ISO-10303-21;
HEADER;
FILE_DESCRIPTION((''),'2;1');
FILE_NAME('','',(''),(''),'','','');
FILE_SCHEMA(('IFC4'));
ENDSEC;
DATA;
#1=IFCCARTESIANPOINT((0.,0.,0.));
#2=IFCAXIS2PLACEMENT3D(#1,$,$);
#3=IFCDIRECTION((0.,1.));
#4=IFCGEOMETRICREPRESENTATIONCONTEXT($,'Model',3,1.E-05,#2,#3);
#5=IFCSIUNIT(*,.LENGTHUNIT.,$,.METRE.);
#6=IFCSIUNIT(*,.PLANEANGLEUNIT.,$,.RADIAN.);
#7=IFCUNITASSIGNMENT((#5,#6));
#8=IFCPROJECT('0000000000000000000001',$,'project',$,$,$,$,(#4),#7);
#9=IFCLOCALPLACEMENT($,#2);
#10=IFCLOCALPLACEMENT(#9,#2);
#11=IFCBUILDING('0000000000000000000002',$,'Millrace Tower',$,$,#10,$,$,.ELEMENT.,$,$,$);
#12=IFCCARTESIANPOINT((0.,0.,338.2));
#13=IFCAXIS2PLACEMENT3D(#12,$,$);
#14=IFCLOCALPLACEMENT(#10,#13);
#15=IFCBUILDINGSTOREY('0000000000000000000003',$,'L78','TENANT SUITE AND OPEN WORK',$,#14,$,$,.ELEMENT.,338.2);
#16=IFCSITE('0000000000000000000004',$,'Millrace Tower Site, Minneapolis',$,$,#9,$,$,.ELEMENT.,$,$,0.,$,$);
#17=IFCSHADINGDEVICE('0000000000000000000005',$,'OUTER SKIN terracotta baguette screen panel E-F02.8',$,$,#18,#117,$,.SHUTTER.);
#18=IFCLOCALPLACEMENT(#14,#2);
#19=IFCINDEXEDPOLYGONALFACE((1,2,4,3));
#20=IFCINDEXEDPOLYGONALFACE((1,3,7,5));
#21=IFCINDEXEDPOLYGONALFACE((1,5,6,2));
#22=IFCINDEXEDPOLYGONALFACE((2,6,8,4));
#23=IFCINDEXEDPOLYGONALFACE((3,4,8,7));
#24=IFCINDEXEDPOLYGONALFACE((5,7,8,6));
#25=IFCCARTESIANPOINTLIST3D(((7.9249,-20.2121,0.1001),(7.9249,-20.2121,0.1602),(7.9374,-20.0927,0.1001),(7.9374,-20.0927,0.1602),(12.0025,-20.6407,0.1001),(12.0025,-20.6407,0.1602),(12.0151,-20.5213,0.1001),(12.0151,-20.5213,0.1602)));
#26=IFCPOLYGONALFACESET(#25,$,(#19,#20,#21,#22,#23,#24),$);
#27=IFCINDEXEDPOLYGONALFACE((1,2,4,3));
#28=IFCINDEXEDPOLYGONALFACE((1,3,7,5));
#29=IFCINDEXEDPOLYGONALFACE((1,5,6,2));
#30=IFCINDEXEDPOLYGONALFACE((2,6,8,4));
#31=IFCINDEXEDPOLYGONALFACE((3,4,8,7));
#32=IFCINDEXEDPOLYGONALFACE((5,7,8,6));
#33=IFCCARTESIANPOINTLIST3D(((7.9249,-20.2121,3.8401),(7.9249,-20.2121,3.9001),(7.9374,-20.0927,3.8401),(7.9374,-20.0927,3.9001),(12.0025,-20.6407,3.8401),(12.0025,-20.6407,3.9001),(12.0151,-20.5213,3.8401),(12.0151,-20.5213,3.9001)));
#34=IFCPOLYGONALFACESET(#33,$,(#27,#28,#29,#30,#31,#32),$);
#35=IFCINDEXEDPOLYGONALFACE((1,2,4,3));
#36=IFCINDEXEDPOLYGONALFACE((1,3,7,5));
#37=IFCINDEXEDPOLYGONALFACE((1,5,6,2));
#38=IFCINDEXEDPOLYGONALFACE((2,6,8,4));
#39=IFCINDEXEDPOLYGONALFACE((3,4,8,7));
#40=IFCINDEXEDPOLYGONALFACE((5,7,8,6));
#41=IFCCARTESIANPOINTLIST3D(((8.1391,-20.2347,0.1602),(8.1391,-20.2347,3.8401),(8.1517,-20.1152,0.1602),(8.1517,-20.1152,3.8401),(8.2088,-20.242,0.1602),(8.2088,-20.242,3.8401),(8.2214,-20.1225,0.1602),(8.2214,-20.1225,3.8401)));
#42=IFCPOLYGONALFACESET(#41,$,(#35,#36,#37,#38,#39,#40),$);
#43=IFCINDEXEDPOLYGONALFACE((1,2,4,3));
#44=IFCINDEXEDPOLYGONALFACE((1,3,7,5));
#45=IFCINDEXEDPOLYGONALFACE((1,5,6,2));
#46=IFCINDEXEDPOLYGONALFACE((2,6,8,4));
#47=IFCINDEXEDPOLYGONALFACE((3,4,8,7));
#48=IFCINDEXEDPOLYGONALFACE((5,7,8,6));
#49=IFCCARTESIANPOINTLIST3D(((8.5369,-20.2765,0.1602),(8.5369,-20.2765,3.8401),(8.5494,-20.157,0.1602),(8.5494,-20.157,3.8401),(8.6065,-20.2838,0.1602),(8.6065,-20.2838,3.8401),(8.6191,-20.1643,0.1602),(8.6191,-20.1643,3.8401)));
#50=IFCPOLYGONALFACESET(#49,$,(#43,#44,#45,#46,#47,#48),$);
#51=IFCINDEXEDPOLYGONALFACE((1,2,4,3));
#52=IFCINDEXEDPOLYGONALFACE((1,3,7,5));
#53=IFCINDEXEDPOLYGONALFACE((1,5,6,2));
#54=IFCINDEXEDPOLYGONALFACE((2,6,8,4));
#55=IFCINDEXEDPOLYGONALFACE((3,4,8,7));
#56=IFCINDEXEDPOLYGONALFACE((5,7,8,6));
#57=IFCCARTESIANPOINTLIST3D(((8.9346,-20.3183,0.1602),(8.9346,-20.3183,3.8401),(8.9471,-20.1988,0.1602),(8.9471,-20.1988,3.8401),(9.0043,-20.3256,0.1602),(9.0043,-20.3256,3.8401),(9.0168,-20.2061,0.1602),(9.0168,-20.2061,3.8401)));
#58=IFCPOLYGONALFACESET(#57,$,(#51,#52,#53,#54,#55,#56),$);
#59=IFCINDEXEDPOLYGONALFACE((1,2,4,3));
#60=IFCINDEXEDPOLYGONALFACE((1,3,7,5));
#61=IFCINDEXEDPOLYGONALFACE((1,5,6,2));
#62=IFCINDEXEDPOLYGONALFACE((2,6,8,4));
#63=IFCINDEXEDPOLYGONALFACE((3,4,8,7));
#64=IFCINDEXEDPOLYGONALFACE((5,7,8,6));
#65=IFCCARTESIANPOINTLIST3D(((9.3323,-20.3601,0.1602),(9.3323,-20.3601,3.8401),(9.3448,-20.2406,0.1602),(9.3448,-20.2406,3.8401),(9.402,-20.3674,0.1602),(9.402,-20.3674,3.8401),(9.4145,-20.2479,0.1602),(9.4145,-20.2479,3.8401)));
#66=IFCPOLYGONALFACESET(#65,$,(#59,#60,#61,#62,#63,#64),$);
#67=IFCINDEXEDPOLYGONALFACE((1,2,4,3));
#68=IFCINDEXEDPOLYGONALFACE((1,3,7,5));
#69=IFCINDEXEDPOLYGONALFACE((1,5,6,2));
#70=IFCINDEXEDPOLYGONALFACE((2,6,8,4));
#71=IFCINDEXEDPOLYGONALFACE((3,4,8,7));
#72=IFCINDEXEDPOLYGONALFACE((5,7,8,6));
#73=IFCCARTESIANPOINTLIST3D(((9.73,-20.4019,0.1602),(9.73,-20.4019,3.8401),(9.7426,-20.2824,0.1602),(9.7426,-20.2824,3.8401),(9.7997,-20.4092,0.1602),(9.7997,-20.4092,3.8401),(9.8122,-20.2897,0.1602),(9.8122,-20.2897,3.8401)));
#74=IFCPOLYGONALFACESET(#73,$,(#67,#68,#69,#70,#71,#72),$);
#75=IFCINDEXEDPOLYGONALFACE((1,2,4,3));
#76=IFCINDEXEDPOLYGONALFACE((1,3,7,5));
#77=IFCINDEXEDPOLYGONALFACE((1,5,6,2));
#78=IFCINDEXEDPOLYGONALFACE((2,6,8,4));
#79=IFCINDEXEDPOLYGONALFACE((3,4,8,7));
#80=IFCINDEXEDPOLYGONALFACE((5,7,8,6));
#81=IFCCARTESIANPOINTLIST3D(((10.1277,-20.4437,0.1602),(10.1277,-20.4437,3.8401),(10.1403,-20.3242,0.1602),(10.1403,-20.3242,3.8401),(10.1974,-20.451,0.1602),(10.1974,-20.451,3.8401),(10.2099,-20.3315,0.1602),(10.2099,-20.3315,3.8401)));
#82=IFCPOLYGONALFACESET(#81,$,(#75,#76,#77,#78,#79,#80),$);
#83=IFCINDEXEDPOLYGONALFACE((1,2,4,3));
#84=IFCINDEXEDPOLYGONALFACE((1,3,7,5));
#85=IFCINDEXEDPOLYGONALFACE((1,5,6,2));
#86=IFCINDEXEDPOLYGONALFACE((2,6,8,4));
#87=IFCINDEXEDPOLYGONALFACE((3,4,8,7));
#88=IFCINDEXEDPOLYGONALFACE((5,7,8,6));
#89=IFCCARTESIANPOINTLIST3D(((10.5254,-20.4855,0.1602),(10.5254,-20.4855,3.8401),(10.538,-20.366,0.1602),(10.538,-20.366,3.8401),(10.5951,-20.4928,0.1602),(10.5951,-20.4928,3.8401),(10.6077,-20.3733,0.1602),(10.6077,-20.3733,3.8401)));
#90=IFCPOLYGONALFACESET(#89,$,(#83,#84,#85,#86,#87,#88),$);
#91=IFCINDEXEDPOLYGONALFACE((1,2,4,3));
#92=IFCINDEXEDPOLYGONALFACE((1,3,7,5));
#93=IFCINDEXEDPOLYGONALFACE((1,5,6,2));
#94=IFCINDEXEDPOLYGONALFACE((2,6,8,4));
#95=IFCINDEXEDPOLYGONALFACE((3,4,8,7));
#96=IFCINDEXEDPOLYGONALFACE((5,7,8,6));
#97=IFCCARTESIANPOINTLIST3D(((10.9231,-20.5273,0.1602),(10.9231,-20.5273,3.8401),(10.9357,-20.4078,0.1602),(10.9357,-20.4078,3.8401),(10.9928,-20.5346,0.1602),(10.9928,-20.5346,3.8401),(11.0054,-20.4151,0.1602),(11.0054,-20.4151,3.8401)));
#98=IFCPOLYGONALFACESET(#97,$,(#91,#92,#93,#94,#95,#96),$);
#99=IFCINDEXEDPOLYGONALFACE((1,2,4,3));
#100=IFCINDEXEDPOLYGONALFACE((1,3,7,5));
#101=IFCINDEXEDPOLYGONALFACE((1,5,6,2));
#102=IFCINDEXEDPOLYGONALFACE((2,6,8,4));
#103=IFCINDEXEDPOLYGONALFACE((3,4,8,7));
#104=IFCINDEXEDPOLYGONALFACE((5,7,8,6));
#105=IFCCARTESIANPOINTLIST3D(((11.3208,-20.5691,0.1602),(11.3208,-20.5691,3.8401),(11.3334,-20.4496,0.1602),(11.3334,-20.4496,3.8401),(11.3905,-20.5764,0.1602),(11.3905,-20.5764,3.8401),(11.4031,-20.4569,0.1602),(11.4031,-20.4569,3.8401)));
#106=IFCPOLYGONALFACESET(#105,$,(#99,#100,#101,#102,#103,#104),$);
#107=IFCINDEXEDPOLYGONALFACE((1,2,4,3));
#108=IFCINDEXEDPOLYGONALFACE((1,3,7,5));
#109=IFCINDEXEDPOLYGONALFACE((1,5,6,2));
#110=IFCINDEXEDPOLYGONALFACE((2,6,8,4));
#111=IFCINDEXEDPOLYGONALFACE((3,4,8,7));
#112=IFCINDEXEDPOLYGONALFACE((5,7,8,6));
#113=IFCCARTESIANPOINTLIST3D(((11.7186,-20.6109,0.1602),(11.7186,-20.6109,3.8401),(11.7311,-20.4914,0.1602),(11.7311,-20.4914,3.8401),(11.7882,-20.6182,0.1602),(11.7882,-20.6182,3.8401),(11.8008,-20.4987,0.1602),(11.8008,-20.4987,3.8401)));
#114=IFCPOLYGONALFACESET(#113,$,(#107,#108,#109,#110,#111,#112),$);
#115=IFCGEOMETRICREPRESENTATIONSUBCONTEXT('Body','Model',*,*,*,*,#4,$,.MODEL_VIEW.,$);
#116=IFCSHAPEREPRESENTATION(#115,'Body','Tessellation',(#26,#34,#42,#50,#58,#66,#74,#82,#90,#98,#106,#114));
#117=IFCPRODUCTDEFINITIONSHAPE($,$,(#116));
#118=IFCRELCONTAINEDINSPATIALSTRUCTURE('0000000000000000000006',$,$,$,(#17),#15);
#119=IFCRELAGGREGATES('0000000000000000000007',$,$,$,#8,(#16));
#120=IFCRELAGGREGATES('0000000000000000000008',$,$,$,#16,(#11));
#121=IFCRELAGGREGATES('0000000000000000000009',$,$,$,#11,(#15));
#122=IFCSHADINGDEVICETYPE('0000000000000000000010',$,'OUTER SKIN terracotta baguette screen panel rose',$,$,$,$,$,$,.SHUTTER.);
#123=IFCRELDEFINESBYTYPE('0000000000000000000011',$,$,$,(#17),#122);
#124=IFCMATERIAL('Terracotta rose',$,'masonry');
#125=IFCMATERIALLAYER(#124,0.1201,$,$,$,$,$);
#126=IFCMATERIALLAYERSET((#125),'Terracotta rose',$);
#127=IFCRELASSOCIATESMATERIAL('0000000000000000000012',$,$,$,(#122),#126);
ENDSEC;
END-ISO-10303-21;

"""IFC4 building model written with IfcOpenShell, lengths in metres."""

from ifc_helpers import new_model, entity, si_unit, direction, frame, frame_2d, origin, place, context, subcontext, project, spatial, rectangle, extrude, source, transform, mapped, material, layer, layer_set, type_object, element, save


model = new_model("IFC4")

# Units and contexts
model_context = context("Model", 3, precision=1e-05, world=origin(), true_north=direction((0.0, 1.0)))
body_context = subcontext(model_context, "Body", "Model", "MODEL_VIEW")
ifc_project = project(units=[si_unit("LENGTHUNIT", "METRE"), si_unit("PLANEANGLEUNIT", "RADIAN")], contexts=[model_context])

# Site, building, storey
site_placement = place(None, origin())
site = spatial("IfcSite", under=ifc_project, at=site_placement, Name="Millrace Tower Site, Minneapolis", CompositionType="ELEMENT", RefElevation=0.0)
building_placement = place(site_placement, origin())
building = spatial("IfcBuilding", under=site, at=building_placement, Name="Millrace Tower", CompositionType="ELEMENT")
storey_placement = place(building_placement, frame((0.0, 0.0, 338.2)))
storey = spatial("IfcBuildingStorey", under=building, at=storey_placement, Name="L78", Description="TENANT SUITE AND OPEN WORK", CompositionType="ELEMENT", Elevation=338.2)

# Shading device
ifc_material_1 = material(Name="Terracotta rose", Category="masonry")
ifc_layer_1 = layer(ifc_material_1, 0.1201)
ifc_layer_set_1 = layer_set([ifc_layer_1], Name="Terracotta rose")
shading_device_type = type_object("IfcShadingDeviceType", Name="OUTER SKIN terracotta baguette screen panel rose", PredefinedType="SHUTTER", material=ifc_layer_set_1)
cartesian_point = entity("IfcCartesianPoint", [-2.05, 0.0601])
shared_polyline = entity("IfcPolyline", [cartesian_point, entity("IfcCartesianPoint", [2.05, 0.0601]), entity("IfcCartesianPoint", [2.05, -0.0601]), entity("IfcCartesianPoint", [-2.05, -0.0601]), cartesian_point])
shared_shape = source(origin(), body_context, "Body", "SweptSolid", [
    entity("IfcExtrudedAreaSolid", entity("IfcArbitraryClosedProfileDef", "AREA", None, shared_polyline), entity("IfcAxis2Placement3D", entity("IfcCartesianPoint", [0.0, 0.0, 0.0])), entity("IfcDirection", [0.0, 0.0, 1.0]), 0.0601),
    entity("IfcExtrudedAreaSolid", entity("IfcArbitraryClosedProfileDef", "AREA", None, shared_polyline), entity("IfcAxis2Placement3D", entity("IfcCartesianPoint", [0.0, 0.0, 3.74])), entity("IfcDirection", [0.0, 0.0, 1.0]), 0.0601),
    extrude(rectangle(XDim=0.0701, YDim=0.1201, at=frame_2d((-1.7996, 0.0))), frame((0.0, 0.0, 0.0601)), (0.0, 0.0, 1.0), 3.6799),
    extrude(rectangle(XDim=0.0701, YDim=0.1201, at=frame_2d((-1.3997, 0.0))), frame((0.0, 0.0, 0.0601)), (0.0, 0.0, 1.0), 3.6799),
    extrude(rectangle(XDim=0.0701, YDim=0.1201, at=frame_2d((-0.9998, 0.0))), frame((0.0, 0.0, 0.0601)), (0.0, 0.0, 1.0), 3.6799),
    extrude(rectangle(XDim=0.0701, YDim=0.1201, at=frame_2d((-0.5999, 0.0))), frame((0.0, 0.0, 0.0601)), (0.0, 0.0, 1.0), 3.6799),
    extrude(rectangle(XDim=0.0701, YDim=0.1201, at=frame_2d((-0.2, 0.0))), frame((0.0, 0.0, 0.0601)), (0.0, 0.0, 1.0), 3.6799),
    extrude(rectangle(XDim=0.0701, YDim=0.1201, at=frame_2d((0.2, 0.0))), frame((0.0, 0.0, 0.0601)), (0.0, 0.0, 1.0), 3.6799),
    extrude(rectangle(XDim=0.0701, YDim=0.1201, at=frame_2d((0.5999, 0.0))), frame((0.0, 0.0, 0.0601)), (0.0, 0.0, 1.0), 3.6799),
    extrude(rectangle(XDim=0.0701, YDim=0.1201, at=frame_2d((0.9998, 0.0))), frame((0.0, 0.0, 0.0601)), (0.0, 0.0, 1.0), 3.6799),
    extrude(rectangle(XDim=0.0701, YDim=0.1201, at=frame_2d((1.3997, 0.0))), frame((0.0, 0.0, 0.0601)), (0.0, 0.0, 1.0), 3.6799),
    extrude(rectangle(XDim=0.0701, YDim=0.1201, at=frame_2d((1.7996, 0.0))), frame((0.0, 0.0, 0.0601)), (0.0, 0.0, 1.0), 3.6799),
])
for number, where, z_axis, x_axis, name in (
    (1, (9.97, -20.3667, 0.1001), (0.0, 0.0, 1.0), (0.994522, -0.104528, 0.0), "OUTER SKIN terracotta baguette screen panel E-F02.8"),
):
    element("IfcShadingDevice", number, at=place(storey_placement, frame(where, z_axis=z_axis, x_axis=x_axis)), inside=storey, type_object=shading_device_type, Name=name, PredefinedType="SHUTTER", context=body_context, shape_type="MappedRepresentation", body=[
        mapped(shared_shape, transform((0.0, 0.0, 0.0), scale=1.0)),
    ])

save(model, "model.ifc")
